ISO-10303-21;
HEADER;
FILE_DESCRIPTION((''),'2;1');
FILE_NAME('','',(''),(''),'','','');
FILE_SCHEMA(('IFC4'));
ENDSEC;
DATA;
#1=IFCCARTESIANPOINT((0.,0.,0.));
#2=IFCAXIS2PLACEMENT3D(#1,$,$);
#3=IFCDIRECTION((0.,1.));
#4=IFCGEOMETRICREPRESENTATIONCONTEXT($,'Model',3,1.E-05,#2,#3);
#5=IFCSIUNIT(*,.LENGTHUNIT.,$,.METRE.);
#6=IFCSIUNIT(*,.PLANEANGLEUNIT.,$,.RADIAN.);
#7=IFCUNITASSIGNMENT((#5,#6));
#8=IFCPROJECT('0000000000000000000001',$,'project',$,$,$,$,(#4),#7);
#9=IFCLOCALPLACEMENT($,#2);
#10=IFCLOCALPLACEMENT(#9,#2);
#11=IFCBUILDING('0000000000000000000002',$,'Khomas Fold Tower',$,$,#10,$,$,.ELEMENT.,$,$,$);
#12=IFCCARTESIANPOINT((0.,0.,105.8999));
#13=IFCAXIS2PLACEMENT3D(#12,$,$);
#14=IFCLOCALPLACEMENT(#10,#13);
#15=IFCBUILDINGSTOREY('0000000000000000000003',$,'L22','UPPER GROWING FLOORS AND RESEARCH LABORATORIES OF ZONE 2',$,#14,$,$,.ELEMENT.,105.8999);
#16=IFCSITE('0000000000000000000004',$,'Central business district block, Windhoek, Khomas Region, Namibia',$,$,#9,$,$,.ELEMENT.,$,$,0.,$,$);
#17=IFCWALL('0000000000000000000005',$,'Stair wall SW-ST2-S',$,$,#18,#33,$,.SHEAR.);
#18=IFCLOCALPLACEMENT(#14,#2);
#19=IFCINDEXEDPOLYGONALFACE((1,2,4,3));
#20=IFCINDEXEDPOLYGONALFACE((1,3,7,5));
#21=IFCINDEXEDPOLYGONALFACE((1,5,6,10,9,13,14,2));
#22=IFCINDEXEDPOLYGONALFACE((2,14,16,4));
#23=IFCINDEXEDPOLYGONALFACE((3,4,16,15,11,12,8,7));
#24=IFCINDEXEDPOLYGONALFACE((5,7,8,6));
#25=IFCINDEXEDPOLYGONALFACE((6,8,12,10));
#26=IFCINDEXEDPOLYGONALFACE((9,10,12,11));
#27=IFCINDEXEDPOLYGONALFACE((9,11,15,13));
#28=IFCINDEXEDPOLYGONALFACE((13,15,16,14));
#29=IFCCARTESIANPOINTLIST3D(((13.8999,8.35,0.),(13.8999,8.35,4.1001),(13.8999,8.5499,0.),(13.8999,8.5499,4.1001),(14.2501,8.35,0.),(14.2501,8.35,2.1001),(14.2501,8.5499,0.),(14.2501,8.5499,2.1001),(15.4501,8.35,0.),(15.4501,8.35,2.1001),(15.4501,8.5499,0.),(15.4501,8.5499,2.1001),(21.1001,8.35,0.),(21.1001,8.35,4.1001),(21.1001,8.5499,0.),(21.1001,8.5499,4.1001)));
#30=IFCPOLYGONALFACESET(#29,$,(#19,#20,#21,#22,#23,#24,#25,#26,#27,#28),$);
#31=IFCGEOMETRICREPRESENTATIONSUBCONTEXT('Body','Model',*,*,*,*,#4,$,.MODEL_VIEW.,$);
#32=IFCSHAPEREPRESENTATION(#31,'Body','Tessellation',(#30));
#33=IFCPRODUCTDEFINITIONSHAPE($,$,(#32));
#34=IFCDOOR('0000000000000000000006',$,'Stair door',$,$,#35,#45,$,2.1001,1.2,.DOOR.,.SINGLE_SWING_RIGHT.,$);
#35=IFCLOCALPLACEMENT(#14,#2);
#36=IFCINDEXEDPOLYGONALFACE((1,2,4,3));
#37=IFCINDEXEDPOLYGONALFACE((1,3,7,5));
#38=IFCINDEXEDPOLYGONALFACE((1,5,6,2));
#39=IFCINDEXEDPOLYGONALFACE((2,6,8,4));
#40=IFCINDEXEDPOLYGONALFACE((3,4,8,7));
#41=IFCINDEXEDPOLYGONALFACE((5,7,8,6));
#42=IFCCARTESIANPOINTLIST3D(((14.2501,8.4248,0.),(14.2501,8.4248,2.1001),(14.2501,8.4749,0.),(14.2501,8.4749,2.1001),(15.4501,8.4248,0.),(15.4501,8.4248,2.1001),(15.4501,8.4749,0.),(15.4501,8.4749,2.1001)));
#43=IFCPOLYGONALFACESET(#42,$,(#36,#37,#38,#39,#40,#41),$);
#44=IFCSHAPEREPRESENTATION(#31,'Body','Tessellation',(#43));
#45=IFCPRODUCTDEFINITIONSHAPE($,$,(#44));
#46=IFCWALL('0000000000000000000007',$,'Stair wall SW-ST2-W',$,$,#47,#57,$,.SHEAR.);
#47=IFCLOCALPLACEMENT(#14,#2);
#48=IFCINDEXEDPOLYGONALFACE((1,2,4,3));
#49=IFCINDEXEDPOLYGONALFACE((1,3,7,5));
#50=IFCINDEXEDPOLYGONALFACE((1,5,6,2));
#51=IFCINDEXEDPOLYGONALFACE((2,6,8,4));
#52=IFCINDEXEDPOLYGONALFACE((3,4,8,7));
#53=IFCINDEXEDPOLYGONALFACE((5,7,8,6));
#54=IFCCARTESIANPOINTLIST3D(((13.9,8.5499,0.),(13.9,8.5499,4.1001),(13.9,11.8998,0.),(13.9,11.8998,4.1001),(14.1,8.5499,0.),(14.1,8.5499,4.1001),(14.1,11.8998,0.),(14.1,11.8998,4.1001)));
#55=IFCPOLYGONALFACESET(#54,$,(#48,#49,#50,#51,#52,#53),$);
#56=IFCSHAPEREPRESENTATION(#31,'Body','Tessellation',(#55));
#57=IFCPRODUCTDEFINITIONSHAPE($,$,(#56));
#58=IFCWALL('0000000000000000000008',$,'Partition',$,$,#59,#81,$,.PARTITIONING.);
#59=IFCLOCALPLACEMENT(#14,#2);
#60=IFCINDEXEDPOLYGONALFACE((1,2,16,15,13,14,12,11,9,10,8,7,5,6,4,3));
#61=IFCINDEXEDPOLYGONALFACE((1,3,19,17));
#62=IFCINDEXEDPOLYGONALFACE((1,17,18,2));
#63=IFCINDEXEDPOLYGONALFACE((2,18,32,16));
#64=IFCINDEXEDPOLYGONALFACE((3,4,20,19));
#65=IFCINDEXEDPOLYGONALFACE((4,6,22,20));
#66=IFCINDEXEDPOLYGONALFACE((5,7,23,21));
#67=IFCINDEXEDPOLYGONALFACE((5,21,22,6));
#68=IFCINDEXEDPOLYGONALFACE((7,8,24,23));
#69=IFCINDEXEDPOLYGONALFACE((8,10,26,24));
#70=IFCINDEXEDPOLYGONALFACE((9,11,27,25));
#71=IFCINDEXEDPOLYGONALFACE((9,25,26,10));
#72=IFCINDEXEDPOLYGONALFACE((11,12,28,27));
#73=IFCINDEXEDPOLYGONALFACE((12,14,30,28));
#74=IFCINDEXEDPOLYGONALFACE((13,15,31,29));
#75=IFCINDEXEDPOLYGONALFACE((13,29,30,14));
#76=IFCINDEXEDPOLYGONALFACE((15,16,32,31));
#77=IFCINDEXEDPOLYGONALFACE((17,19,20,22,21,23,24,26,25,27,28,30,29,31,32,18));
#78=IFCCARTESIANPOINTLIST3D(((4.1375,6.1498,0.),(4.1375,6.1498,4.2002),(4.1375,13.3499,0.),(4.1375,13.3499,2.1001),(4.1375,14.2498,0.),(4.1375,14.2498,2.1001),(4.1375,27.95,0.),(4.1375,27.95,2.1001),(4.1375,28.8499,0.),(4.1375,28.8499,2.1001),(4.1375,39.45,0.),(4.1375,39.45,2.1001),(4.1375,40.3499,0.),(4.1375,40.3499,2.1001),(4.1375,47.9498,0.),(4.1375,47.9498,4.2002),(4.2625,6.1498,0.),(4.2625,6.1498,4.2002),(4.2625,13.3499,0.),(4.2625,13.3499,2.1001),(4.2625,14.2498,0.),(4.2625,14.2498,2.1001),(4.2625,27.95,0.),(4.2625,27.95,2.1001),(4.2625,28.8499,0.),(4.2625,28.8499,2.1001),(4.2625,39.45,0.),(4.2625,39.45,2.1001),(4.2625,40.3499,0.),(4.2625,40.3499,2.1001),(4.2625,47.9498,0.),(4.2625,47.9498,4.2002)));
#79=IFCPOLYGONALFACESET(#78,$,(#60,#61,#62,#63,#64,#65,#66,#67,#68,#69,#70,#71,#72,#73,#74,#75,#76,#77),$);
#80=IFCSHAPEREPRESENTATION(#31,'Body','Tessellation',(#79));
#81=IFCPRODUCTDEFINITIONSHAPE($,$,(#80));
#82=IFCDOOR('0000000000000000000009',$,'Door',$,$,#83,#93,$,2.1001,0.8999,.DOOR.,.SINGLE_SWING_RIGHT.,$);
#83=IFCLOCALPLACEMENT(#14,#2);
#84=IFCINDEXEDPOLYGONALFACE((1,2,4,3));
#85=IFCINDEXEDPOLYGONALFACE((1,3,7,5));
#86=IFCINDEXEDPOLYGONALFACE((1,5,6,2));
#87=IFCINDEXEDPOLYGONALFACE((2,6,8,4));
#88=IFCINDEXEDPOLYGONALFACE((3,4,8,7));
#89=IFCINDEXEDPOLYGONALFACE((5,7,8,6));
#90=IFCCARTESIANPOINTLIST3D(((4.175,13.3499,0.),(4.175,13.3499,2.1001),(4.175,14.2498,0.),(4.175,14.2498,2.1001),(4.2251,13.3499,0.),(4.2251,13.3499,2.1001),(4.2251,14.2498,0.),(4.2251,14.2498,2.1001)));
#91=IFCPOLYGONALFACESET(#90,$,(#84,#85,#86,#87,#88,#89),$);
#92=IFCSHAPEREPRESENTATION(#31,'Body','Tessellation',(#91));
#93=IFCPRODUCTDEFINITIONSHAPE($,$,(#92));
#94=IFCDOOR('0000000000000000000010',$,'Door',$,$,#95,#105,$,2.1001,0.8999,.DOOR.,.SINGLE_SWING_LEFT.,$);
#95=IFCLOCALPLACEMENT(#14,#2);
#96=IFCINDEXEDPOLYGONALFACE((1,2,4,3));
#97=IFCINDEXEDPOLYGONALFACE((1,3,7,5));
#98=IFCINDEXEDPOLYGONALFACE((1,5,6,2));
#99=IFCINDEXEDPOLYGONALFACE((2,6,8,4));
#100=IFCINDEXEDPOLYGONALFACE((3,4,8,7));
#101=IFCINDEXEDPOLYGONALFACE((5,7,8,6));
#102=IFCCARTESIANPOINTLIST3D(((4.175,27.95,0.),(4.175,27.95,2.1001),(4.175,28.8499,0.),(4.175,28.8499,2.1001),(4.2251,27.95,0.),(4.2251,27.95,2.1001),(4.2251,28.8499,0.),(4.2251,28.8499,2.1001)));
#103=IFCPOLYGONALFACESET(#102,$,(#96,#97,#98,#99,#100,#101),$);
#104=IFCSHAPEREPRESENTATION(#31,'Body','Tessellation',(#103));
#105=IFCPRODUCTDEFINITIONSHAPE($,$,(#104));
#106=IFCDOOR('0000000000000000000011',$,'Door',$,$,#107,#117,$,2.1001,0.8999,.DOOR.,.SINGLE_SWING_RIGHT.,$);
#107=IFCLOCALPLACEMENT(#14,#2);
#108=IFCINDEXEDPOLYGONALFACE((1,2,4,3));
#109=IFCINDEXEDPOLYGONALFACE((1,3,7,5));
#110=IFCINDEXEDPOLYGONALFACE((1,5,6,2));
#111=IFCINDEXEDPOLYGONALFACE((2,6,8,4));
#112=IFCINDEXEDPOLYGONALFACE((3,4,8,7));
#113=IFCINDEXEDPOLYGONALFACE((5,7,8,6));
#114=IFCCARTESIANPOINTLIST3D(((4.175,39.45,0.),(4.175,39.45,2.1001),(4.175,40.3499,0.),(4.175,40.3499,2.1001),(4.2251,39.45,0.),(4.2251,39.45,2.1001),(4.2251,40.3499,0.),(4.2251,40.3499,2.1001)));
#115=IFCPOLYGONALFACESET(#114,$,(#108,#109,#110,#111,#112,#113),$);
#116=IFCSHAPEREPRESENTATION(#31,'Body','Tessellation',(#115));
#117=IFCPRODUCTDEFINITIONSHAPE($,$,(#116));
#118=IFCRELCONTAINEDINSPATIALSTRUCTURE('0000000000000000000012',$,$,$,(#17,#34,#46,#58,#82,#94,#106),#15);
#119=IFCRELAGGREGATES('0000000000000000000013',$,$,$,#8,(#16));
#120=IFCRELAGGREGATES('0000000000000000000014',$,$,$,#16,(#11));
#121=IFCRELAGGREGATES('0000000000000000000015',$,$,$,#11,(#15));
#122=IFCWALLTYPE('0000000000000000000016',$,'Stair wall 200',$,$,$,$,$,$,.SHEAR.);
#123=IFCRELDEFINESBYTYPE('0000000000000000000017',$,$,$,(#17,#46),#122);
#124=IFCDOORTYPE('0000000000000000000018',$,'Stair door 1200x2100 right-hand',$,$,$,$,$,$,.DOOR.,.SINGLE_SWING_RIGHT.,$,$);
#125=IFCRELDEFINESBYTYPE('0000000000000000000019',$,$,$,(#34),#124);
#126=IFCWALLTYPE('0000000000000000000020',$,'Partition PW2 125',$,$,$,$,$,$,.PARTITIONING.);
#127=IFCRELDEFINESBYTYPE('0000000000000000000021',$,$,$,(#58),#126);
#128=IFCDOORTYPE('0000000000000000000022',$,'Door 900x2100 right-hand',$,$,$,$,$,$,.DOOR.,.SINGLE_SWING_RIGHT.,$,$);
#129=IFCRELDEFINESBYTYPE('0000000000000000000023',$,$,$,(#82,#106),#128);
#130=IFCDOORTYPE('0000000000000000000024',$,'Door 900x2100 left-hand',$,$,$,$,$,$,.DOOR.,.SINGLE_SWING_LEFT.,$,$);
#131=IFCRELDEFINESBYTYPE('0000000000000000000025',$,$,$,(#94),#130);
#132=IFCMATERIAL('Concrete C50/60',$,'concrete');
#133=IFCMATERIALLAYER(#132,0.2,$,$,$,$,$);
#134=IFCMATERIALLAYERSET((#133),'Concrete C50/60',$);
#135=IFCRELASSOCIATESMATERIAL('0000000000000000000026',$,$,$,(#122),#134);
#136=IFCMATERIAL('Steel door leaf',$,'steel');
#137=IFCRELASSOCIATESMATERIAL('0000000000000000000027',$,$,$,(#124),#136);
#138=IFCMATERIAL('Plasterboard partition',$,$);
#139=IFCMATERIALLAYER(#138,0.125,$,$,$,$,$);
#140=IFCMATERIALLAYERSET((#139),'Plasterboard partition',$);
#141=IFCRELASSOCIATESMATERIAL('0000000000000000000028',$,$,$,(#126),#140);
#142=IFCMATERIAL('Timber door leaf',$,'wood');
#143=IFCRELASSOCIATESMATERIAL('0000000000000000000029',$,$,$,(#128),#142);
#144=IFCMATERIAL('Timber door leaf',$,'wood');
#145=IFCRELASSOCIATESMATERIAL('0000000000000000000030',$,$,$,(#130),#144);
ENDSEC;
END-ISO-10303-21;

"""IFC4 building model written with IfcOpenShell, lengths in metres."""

from ifc_helpers import new_model, si_unit, direction, frame, frame_2d, origin, place, context, subcontext, project, spatial, rectangle, extrude, source, transform, mapped, material, layer, layer_set, type_object, element, fill, save


model = new_model("IFC4")

# Units and contexts
model_context = context("Model", 3, precision=1e-05, world=origin(), true_north=direction((0.0, 1.0)))
body_context = subcontext(model_context, "Body", "Model", "MODEL_VIEW")
ifc_project = project(units=[si_unit("LENGTHUNIT", "METRE"), si_unit("PLANEANGLEUNIT", "RADIAN")], contexts=[model_context])

# Site, building, storey
site_placement = place(None, origin())
site = spatial("IfcSite", under=ifc_project, at=site_placement, Name="Central business district block, Windhoek, Khomas Region, Namibia", CompositionType="ELEMENT", RefElevation=0.0)
building_placement = place(site_placement, origin())
building = spatial("IfcBuilding", under=site, at=building_placement, Name="Khomas Fold Tower", CompositionType="ELEMENT")
storey_placement = place(building_placement, frame((0.0, 0.0, 105.8999)))
storey = spatial("IfcBuildingStorey", under=building, at=storey_placement, Name="L22", Description="UPPER GROWING FLOORS AND RESEARCH LABORATORIES OF ZONE 2", CompositionType="ELEMENT", Elevation=105.8999)

# Shared definitions
ifc_material_1 = material(Name="Concrete C50/60", Category="concrete")
ifc_layer_1 = layer(ifc_material_1, 0.2)
ifc_layer_set_1 = layer_set([ifc_layer_1], Name="Concrete C50/60")
wall_type_1 = type_object("IfcWallType", Name="Stair wall 200", PredefinedType="SHEAR", material=ifc_layer_set_1)

# Wall, opening, door
shared_shape_1 = source(origin(), body_context, "Body", "SweptSolid", [
    extrude(rectangle(XDim=7.2002, YDim=0.2, at=frame_2d((3.6001, 0.0))), origin(), (0.0, 0.0, 1.0), 4.1001),
])
wall_1_placement = place(storey_placement, frame((13.8999, 8.45, 0.0), z_axis=(0.0, 0.0, 1.0), x_axis=(1.0, 0.0, 0.0)))
wall_1 = element("IfcWall", 1, at=wall_1_placement, inside=storey, type_object=wall_type_1, Name="Stair wall SW-ST2-S", PredefinedType="SHEAR", context=body_context, shape_type="MappedRepresentation", body=[
    mapped(shared_shape_1, transform((0.0, 0.0, 0.0))),
])
shared_shape_2 = source(origin(), body_context, "Body", "SweptSolid", [
    extrude(rectangle(XDim=1.2, YDim=2.1001, at=frame_2d((0.6001, 1.05))), frame((0.0, 0.1099, 0.0), z_axis=(0.0, -1.0, 0.0), x_axis=(1.0, 0.0, 0.0)), (0.0, 0.0, 1.0), 0.22),
])
opening_1_placement = place(wall_1_placement, frame((0.3501, 0.0, 0.0)))
opening_1 = element("IfcOpeningElement", 2, at=opening_1_placement, cuts=wall_1, PredefinedType="OPENING", context=body_context, shape_type="MappedRepresentation", body=[
    mapped(shared_shape_2, transform((0.0, 0.0, 0.0))),
])
ifc_material_2 = material(Name="Steel door leaf", Category="steel")
door_type_1 = type_object("IfcDoorType", Name="Stair door 1200x2100 right-hand", OperationType="SINGLE_SWING_RIGHT", PredefinedType="DOOR", material=ifc_material_2)
shared_shape_3 = source(origin(), body_context, "Body", "SweptSolid", [
    extrude(rectangle(XDim=1.2, YDim=2.1001, at=frame_2d((0.6001, 1.05))), frame((0.0, 0.0249, 0.0), z_axis=(0.0, -1.0, 0.0), x_axis=(1.0, 0.0, 0.0)), (0.0, 0.0, 1.0), 0.05),
])
door_1_placement = place(opening_1_placement, origin())
door_1 = element("IfcDoor", 3, at=door_1_placement, inside=storey, type_object=door_type_1, Name="Stair door", OperationType="SINGLE_SWING_RIGHT", OverallHeight=2.1001, OverallWidth=1.2, PredefinedType="DOOR", context=body_context, shape_type="MappedRepresentation", body=[
    mapped(shared_shape_3, transform((0.0, 0.0, 0.0))),
])
fill(opening_1, door_1)

# Wall
shared_shape_4 = source(origin(), body_context, "Body", "SweptSolid", [
    extrude(rectangle(XDim=3.3499, YDim=0.2, at=frame_2d((1.6748, 0.0))), origin(), (0.0, 0.0, 1.0), 4.1001),
])
wall_2_placement = place(storey_placement, frame((14.0, 8.55, 0.0), z_axis=(0.0, 0.0, 1.0), x_axis=(0.0, 1.0, 0.0)))
element("IfcWall", 4, at=wall_2_placement, inside=storey, type_object=wall_type_1, Name="Stair wall SW-ST2-W", PredefinedType="SHEAR", context=body_context, shape_type="MappedRepresentation", body=[
    mapped(shared_shape_4, transform((0.0, 0.0, 0.0))),
])

# Wall, openings, doors
ifc_material_3 = material(Name="Plasterboard partition")
ifc_layer_2 = layer(ifc_material_3, 0.125)
ifc_layer_set_2 = layer_set([ifc_layer_2], Name="Plasterboard partition")
wall_type_2 = type_object("IfcWallType", Name="Partition PW2 125", PredefinedType="PARTITIONING", material=ifc_layer_set_2)
shared_shape_5 = source(origin(), body_context, "Body", "SweptSolid", [
    extrude(rectangle(XDim=41.8, YDim=0.125, at=frame_2d((20.8999, 0.0))), origin(), (0.0, 0.0, 1.0), 4.2002),
])
wall_3_placement = place(storey_placement, frame((4.2, 6.1499, 0.0), z_axis=(0.0, 0.0, 1.0), x_axis=(0.0, 1.0, 0.0)))
wall_3 = element("IfcWall", 5, at=wall_3_placement, inside=storey, type_object=wall_type_2, Name="Partition", PredefinedType="PARTITIONING", context=body_context, shape_type="MappedRepresentation", body=[
    mapped(shared_shape_5, transform((0.0, 0.0, 0.0))),
])
shared_shape_6 = source(origin(), body_context, "Body", "SweptSolid", [
    extrude(rectangle(XDim=0.8999, YDim=2.1001, at=frame_2d((0.45, 1.05))), frame((0.0, 0.0725, 0.0), z_axis=(0.0, -1.0, 0.0), x_axis=(1.0, 0.0, 0.0)), (0.0, 0.0, 1.0), 0.145),
])
opening_2_placement = place(wall_3_placement, frame((7.2, 0.0, 0.0)))
opening_2 = element("IfcOpeningElement", 6, at=opening_2_placement, cuts=wall_3, PredefinedType="OPENING", context=body_context, shape_type="MappedRepresentation", body=[
    mapped(shared_shape_6, transform((0.0, 0.0, 0.0))),
])
opening_3_placement = place(wall_3_placement, frame((21.8, 0.0, 0.0)))
opening_3 = element("IfcOpeningElement", 7, at=opening_3_placement, cuts=wall_3, PredefinedType="OPENING", context=body_context, shape_type="MappedRepresentation", body=[
    mapped(shared_shape_6, transform((0.0, 0.0, 0.0))),
])
opening_4_placement = place(wall_3_placement, frame((33.3, 0.0, 0.0)))
opening_4 = element("IfcOpeningElement", 8, at=opening_4_placement, cuts=wall_3, PredefinedType="OPENING", context=body_context, shape_type="MappedRepresentation", body=[
    mapped(shared_shape_6, transform((0.0, 0.0, 0.0))),
])
ifc_material_4 = material(Name="Timber door leaf", Category="wood")
door_type_2 = type_object("IfcDoorType", Name="Door 900x2100 right-hand", OperationType="SINGLE_SWING_RIGHT", PredefinedType="DOOR", material=ifc_material_4)
shared_shape_7 = source(origin(), body_context, "Body", "SweptSolid", [
    extrude(rectangle(XDim=0.8999, YDim=2.1001, at=frame_2d((0.45, 1.05))), frame((0.0, 0.0249, 0.0), z_axis=(0.0, -1.0, 0.0), x_axis=(1.0, 0.0, 0.0)), (0.0, 0.0, 1.0), 0.05),
])
door_2_placement = place(opening_2_placement, origin())
door_2 = element("IfcDoor", 9, at=door_2_placement, inside=storey, type_object=door_type_2, Name="Door", OperationType="SINGLE_SWING_RIGHT", OverallHeight=2.1001, OverallWidth=0.8999, PredefinedType="DOOR", context=body_context, shape_type="MappedRepresentation", body=[
    mapped(shared_shape_7, transform((0.0, 0.0, 0.0))),
])
fill(opening_2, door_2)
ifc_material_5 = material(Name="Timber door leaf", Category="wood")
door_type_3 = type_object("IfcDoorType", Name="Door 900x2100 left-hand", OperationType="SINGLE_SWING_LEFT", PredefinedType="DOOR", material=ifc_material_5)
door_3_placement = place(opening_3_placement, origin())
door_3 = element("IfcDoor", 10, at=door_3_placement, inside=storey, type_object=door_type_3, Name="Door", OperationType="SINGLE_SWING_LEFT", OverallHeight=2.1001, OverallWidth=0.8999, PredefinedType="DOOR", context=body_context, shape_type="MappedRepresentation", body=[
    mapped(shared_shape_7, transform((0.0, 0.0, 0.0))),
])
fill(opening_3, door_3)
door_4_placement = place(opening_4_placement, origin())
door_4 = element("IfcDoor", 11, at=door_4_placement, inside=storey, type_object=door_type_2, Name="Door", OperationType="SINGLE_SWING_RIGHT", OverallHeight=2.1001, OverallWidth=0.8999, PredefinedType="DOOR", context=body_context, shape_type="MappedRepresentation", body=[
    mapped(shared_shape_7, transform((0.0, 0.0, 0.0))),
])
fill(opening_4, door_4)

save(model, "model.ifc")
